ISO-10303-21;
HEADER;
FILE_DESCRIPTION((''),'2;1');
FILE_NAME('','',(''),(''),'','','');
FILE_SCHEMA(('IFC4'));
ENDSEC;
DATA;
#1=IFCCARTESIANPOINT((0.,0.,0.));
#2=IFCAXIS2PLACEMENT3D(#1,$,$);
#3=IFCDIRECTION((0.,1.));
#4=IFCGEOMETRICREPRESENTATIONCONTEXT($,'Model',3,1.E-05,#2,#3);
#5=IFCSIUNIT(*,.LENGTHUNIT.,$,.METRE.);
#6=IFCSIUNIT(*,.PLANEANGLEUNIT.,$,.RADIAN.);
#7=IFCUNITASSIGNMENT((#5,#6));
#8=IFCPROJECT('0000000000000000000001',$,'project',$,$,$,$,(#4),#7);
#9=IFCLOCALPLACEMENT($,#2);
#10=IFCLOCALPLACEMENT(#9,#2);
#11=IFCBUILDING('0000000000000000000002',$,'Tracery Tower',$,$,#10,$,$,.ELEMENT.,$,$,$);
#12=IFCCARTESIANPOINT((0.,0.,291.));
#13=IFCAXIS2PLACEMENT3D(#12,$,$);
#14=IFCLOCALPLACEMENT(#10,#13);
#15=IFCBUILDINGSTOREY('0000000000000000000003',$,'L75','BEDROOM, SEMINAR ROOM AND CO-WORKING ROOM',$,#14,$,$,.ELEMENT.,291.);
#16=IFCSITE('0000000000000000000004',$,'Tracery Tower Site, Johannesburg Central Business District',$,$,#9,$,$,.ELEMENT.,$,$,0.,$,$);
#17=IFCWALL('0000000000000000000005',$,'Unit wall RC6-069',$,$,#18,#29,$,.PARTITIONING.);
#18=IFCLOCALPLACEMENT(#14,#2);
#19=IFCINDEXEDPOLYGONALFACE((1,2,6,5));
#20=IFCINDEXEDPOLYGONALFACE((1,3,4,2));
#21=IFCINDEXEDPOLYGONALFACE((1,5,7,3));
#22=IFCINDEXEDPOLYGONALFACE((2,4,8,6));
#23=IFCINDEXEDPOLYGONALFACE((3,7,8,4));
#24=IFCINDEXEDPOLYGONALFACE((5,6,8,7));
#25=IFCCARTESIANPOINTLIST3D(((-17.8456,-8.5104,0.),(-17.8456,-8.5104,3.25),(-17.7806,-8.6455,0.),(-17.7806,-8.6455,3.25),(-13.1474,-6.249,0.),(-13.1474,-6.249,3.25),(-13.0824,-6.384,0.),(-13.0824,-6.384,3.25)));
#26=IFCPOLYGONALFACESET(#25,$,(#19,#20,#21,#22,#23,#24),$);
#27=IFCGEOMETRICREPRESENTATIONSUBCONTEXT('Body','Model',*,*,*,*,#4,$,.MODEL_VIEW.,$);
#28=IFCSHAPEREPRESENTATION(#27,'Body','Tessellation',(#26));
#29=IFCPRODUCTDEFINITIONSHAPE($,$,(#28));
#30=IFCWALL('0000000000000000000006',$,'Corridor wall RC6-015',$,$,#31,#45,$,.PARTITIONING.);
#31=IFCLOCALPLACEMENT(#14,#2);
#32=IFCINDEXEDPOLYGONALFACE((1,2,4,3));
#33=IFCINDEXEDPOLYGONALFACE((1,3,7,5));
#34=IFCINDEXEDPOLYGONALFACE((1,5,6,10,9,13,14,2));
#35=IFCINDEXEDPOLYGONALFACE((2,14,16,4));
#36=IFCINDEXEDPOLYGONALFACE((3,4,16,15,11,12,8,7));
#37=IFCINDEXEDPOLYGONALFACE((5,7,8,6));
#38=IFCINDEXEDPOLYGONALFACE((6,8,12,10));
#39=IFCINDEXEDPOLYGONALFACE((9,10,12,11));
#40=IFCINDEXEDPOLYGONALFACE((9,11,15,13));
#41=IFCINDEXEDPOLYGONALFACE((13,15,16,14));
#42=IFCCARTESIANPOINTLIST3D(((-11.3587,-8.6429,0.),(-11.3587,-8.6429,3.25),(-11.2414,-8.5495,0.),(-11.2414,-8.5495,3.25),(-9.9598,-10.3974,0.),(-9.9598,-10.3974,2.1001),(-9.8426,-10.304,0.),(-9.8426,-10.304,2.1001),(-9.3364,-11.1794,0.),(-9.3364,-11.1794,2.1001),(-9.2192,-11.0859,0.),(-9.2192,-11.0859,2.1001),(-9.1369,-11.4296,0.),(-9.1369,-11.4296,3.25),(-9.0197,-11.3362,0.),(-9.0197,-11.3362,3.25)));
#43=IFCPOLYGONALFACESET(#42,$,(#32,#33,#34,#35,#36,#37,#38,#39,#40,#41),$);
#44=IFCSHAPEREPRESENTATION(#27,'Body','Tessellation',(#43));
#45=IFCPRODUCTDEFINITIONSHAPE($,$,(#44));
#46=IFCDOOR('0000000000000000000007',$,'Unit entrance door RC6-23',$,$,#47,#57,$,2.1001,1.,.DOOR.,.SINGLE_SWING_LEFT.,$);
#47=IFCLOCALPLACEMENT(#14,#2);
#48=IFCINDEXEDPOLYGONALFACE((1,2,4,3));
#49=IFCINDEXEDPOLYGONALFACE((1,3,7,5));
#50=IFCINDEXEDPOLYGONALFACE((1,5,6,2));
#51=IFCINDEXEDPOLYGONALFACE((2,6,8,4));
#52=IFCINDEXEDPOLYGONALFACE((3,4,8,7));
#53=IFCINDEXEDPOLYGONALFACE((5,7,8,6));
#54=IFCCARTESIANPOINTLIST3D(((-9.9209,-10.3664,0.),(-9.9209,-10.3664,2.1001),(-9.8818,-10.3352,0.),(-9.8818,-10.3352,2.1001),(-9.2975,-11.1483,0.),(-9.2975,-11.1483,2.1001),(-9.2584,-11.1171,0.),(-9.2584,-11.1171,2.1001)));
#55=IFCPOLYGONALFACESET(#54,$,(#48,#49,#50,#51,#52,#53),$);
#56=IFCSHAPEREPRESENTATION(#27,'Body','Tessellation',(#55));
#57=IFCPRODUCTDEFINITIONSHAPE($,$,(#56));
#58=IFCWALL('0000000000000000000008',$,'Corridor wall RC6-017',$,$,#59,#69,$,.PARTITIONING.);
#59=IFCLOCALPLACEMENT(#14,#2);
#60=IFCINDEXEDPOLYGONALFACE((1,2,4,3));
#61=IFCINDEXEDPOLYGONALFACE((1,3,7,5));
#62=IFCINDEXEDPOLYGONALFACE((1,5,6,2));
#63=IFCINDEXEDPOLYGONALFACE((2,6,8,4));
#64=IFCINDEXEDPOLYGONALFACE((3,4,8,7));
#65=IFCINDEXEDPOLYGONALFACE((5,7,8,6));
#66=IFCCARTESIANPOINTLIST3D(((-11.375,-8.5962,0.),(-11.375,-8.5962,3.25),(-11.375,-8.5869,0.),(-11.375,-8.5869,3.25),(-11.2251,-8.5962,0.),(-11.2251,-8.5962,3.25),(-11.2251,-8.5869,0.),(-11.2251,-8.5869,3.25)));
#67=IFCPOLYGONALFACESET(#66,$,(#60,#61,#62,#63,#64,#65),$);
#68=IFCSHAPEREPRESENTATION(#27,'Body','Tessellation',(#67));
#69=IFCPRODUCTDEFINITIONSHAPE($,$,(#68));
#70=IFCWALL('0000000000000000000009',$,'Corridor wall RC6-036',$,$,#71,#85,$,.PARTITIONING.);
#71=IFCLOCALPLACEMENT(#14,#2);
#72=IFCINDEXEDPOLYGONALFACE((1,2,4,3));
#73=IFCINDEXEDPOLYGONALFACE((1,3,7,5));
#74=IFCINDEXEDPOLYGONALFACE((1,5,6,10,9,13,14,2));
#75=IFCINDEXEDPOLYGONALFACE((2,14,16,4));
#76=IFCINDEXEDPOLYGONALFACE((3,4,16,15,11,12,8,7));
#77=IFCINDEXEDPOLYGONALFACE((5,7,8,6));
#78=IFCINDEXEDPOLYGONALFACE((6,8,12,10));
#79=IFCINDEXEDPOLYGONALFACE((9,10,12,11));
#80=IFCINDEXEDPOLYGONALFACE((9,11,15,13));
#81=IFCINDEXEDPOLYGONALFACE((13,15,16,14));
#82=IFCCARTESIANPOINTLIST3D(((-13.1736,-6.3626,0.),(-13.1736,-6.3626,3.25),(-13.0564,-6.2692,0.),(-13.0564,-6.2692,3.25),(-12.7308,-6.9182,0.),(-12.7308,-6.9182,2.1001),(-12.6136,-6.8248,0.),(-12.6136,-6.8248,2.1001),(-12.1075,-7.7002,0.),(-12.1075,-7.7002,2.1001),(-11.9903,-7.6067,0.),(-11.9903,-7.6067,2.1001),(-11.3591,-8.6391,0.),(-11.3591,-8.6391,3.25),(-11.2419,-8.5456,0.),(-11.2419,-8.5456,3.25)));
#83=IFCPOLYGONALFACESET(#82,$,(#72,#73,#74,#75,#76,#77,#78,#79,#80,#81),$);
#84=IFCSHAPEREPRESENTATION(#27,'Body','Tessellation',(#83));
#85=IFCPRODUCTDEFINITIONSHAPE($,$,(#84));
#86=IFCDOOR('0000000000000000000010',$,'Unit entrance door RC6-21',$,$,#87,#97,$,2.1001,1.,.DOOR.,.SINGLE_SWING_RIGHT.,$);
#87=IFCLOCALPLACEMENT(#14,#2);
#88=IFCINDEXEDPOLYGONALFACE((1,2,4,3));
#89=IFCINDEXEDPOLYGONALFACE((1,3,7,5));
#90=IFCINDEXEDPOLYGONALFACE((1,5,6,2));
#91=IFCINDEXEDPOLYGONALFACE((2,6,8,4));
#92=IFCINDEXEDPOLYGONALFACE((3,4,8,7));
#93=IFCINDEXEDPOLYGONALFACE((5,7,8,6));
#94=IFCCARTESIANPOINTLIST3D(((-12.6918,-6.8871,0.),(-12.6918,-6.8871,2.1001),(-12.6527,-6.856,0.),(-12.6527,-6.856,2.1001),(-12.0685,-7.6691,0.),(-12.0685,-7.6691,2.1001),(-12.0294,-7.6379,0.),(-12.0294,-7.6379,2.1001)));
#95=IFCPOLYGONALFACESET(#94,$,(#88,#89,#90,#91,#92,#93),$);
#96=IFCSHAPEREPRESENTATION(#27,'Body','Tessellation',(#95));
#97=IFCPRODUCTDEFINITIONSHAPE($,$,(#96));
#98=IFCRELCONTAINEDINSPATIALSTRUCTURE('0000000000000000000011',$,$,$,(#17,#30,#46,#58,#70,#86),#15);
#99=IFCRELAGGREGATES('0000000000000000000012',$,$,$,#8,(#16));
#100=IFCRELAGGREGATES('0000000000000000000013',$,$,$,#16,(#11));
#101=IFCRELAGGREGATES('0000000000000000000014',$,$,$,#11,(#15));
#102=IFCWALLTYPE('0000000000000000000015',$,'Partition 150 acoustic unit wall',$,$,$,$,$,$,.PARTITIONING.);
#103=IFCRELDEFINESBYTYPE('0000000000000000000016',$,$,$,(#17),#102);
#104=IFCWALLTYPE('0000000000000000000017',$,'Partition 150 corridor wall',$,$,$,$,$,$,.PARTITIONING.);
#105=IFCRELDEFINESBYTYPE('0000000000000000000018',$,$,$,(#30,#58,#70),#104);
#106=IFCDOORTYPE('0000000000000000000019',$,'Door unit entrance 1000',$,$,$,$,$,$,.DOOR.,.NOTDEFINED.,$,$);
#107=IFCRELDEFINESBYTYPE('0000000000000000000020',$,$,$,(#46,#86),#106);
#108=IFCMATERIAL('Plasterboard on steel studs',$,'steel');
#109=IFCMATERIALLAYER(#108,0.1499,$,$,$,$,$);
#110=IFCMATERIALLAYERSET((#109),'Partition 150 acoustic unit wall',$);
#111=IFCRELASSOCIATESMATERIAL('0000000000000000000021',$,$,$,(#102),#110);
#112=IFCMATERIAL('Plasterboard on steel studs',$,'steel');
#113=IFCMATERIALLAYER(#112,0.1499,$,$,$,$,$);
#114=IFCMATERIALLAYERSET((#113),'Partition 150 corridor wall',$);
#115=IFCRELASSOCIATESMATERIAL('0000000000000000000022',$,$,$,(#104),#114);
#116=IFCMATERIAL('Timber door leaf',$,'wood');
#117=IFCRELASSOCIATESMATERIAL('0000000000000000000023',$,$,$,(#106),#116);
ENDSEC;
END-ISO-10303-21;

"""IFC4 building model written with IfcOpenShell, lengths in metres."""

from ifc_helpers import new_model, si_unit, direction, frame, frame_2d, origin, place, context, subcontext, project, spatial, rectangle, extrude, material, layer, layer_set, type_object, element, fill, save


model = new_model("IFC4")

# Units and contexts
model_context = context("Model", 3, precision=1e-05, world=origin(), true_north=direction((0.0, 1.0)))
body_context = subcontext(model_context, "Body", "Model", "MODEL_VIEW")
ifc_project = project(units=[si_unit("LENGTHUNIT", "METRE"), si_unit("PLANEANGLEUNIT", "RADIAN")], contexts=[model_context])

# Site, building, storey
site_placement = place(None, origin())
site = spatial("IfcSite", under=ifc_project, at=site_placement, Name="Tracery Tower Site, Johannesburg Central Business District", CompositionType="ELEMENT", RefElevation=0.0)
building_placement = place(site_placement, origin())
building = spatial("IfcBuilding", under=site, at=building_placement, Name="Tracery Tower", CompositionType="ELEMENT")
storey_placement = place(building_placement, frame((0.0, 0.0, 291.0)))
storey = spatial("IfcBuildingStorey", under=building, at=storey_placement, Name="L75", Description="BEDROOM, SEMINAR ROOM AND CO-WORKING ROOM", CompositionType="ELEMENT", Elevation=291.0)

# Wall
ifc_material_1 = material(Name="Plasterboard on steel studs", Category="steel")
ifc_layer_1 = layer(ifc_material_1, 0.1499)
ifc_layer_set_1 = layer_set([ifc_layer_1], Name="Partition 150 acoustic unit wall")
wall_type_1 = type_object("IfcWallType", Name="Partition 150 acoustic unit wall", PredefinedType="PARTITIONING", material=ifc_layer_set_1)
wall_1_placement = place(storey_placement, frame((-17.813, -8.5779, 0.0), z_axis=(0.0, 0.0, 1.0), x_axis=(0.90105, 0.433716, 0.0)))
element("IfcWall", 1, at=wall_1_placement, inside=storey, type_object=wall_type_1, Name="Unit wall RC6-069", PredefinedType="PARTITIONING", context=body_context, shape_type="SweptSolid", body=[
    extrude(rectangle(XDim=5.2141, YDim=0.1499, at=frame_2d((2.6069, 0.0))), origin(), (0.0, 0.0, 1.0), 3.25),
])

# Wall, opening, door
ifc_material_2 = material(Name="Plasterboard on steel studs", Category="steel")
ifc_layer_2 = layer(ifc_material_2, 0.1499)
ifc_layer_set_2 = layer_set([ifc_layer_2], Name="Partition 150 corridor wall")
wall_type_2 = type_object("IfcWallType", Name="Partition 150 corridor wall", PredefinedType="PARTITIONING", material=ifc_layer_set_2)
wall_2_placement = place(storey_placement, frame((-11.3, -8.5962, 0.0), z_axis=(0.0, 0.0, 1.0), x_axis=(0.623391, -0.78191, 0.0)))
wall_2 = element("IfcWall", 2, at=wall_2_placement, inside=storey, type_object=wall_type_2, Name="Corridor wall RC6-015", PredefinedType="PARTITIONING", context=body_context, shape_type="SweptSolid", body=[
    extrude(rectangle(XDim=3.564, YDim=0.1499, at=frame_2d((1.782, 0.0))), origin(), (0.0, 0.0, 1.0), 3.25),
])
opening_1_placement = place(wall_2_placement, frame((2.2439, 0.0, 0.0)))
opening_1 = element("IfcOpeningElement", 3, at=opening_1_placement, cuts=wall_2, PredefinedType="OPENING", context=body_context, shape_type="SweptSolid", body=[
    extrude(rectangle(XDim=1.0, YDim=2.1001, at=frame_2d((0.5, 1.05))), frame((0.0, 0.075, 0.0), z_axis=(0.0, -1.0, 0.0), x_axis=(1.0, 0.0, 0.0)), (0.0, 0.0, 1.0), 0.1499),
])
ifc_material_3 = material(Name="Timber door leaf", Category="wood")
door_type_1 = type_object("IfcDoorType", Name="Door unit entrance 1000", OperationType="NOTDEFINED", PredefinedType="DOOR", material=ifc_material_3)
door_1_placement = place(opening_1_placement, origin())
door_1 = element("IfcDoor", 4, at=door_1_placement, inside=storey, type_object=door_type_1, Name="Unit entrance door RC6-23", OperationType="SINGLE_SWING_LEFT", OverallHeight=2.1001, OverallWidth=1.0, PredefinedType="DOOR", context=body_context, shape_type="SweptSolid", body=[
    extrude(rectangle(XDim=1.0, YDim=2.1001, at=frame_2d((0.5, 1.05))), frame((0.0, 0.0249, 0.0), z_axis=(0.0, -1.0, 0.0), x_axis=(1.0, 0.0, 0.0)), (0.0, 0.0, 1.0), 0.05),
])
fill(opening_1, door_1)

# Wall
wall_3_placement = place(storey_placement, frame((-11.3, -8.5962, 0.0), z_axis=(0.0, 0.0, 1.0), x_axis=(0.0, 1.0, 0.0)))
element("IfcWall", 5, at=wall_3_placement, inside=storey, type_object=wall_type_2, Name="Corridor wall RC6-017", PredefinedType="PARTITIONING", context=body_context, shape_type="SweptSolid", body=[
    extrude(rectangle(XDim=0.0093, YDim=0.1499, at=frame_2d((0.0046, 0.0))), origin(), (0.0, 0.0, 1.0), 3.25),
])

# Wall, opening, door
wall_4_placement = place(storey_placement, frame((-13.115, -6.3159, 0.0), z_axis=(0.0, 0.0, 1.0), x_axis=(0.623303, -0.78198, 0.0)))
wall_4 = element("IfcWall", 6, at=wall_4_placement, inside=storey, type_object=wall_type_2, Name="Corridor wall RC6-036", PredefinedType="PARTITIONING", context=body_context, shape_type="SweptSolid", body=[
    extrude(rectangle(XDim=2.9111, YDim=0.1499, at=frame_2d((1.4556, 0.0))), origin(), (0.0, 0.0, 1.0), 3.25),
])
opening_2_placement = place(wall_4_placement, frame((0.7104, 0.0, 0.0)))
opening_2 = element("IfcOpeningElement", 7, at=opening_2_placement, cuts=wall_4, PredefinedType="OPENING", context=body_context, shape_type="SweptSolid", body=[
    extrude(rectangle(XDim=1.0, YDim=2.1001, at=frame_2d((0.5, 1.05))), frame((0.0, 0.075, 0.0), z_axis=(0.0, -1.0, 0.0), x_axis=(1.0, 0.0, 0.0)), (0.0, 0.0, 1.0), 0.1499),
])
door_2_placement = place(opening_2_placement, origin())
door_2 = element("IfcDoor", 8, at=door_2_placement, inside=storey, type_object=door_type_1, Name="Unit entrance door RC6-21", OperationType="SINGLE_SWING_RIGHT", OverallHeight=2.1001, OverallWidth=1.0, PredefinedType="DOOR", context=body_context, shape_type="SweptSolid", body=[
    extrude(rectangle(XDim=1.0, YDim=2.1001, at=frame_2d((0.5, 1.05))), frame((0.0, 0.0249, 0.0), z_axis=(0.0, -1.0, 0.0), x_axis=(1.0, 0.0, 0.0)), (0.0, 0.0, 1.0), 0.05),
])
fill(opening_2, door_2)

save(model, "model.ifc")
